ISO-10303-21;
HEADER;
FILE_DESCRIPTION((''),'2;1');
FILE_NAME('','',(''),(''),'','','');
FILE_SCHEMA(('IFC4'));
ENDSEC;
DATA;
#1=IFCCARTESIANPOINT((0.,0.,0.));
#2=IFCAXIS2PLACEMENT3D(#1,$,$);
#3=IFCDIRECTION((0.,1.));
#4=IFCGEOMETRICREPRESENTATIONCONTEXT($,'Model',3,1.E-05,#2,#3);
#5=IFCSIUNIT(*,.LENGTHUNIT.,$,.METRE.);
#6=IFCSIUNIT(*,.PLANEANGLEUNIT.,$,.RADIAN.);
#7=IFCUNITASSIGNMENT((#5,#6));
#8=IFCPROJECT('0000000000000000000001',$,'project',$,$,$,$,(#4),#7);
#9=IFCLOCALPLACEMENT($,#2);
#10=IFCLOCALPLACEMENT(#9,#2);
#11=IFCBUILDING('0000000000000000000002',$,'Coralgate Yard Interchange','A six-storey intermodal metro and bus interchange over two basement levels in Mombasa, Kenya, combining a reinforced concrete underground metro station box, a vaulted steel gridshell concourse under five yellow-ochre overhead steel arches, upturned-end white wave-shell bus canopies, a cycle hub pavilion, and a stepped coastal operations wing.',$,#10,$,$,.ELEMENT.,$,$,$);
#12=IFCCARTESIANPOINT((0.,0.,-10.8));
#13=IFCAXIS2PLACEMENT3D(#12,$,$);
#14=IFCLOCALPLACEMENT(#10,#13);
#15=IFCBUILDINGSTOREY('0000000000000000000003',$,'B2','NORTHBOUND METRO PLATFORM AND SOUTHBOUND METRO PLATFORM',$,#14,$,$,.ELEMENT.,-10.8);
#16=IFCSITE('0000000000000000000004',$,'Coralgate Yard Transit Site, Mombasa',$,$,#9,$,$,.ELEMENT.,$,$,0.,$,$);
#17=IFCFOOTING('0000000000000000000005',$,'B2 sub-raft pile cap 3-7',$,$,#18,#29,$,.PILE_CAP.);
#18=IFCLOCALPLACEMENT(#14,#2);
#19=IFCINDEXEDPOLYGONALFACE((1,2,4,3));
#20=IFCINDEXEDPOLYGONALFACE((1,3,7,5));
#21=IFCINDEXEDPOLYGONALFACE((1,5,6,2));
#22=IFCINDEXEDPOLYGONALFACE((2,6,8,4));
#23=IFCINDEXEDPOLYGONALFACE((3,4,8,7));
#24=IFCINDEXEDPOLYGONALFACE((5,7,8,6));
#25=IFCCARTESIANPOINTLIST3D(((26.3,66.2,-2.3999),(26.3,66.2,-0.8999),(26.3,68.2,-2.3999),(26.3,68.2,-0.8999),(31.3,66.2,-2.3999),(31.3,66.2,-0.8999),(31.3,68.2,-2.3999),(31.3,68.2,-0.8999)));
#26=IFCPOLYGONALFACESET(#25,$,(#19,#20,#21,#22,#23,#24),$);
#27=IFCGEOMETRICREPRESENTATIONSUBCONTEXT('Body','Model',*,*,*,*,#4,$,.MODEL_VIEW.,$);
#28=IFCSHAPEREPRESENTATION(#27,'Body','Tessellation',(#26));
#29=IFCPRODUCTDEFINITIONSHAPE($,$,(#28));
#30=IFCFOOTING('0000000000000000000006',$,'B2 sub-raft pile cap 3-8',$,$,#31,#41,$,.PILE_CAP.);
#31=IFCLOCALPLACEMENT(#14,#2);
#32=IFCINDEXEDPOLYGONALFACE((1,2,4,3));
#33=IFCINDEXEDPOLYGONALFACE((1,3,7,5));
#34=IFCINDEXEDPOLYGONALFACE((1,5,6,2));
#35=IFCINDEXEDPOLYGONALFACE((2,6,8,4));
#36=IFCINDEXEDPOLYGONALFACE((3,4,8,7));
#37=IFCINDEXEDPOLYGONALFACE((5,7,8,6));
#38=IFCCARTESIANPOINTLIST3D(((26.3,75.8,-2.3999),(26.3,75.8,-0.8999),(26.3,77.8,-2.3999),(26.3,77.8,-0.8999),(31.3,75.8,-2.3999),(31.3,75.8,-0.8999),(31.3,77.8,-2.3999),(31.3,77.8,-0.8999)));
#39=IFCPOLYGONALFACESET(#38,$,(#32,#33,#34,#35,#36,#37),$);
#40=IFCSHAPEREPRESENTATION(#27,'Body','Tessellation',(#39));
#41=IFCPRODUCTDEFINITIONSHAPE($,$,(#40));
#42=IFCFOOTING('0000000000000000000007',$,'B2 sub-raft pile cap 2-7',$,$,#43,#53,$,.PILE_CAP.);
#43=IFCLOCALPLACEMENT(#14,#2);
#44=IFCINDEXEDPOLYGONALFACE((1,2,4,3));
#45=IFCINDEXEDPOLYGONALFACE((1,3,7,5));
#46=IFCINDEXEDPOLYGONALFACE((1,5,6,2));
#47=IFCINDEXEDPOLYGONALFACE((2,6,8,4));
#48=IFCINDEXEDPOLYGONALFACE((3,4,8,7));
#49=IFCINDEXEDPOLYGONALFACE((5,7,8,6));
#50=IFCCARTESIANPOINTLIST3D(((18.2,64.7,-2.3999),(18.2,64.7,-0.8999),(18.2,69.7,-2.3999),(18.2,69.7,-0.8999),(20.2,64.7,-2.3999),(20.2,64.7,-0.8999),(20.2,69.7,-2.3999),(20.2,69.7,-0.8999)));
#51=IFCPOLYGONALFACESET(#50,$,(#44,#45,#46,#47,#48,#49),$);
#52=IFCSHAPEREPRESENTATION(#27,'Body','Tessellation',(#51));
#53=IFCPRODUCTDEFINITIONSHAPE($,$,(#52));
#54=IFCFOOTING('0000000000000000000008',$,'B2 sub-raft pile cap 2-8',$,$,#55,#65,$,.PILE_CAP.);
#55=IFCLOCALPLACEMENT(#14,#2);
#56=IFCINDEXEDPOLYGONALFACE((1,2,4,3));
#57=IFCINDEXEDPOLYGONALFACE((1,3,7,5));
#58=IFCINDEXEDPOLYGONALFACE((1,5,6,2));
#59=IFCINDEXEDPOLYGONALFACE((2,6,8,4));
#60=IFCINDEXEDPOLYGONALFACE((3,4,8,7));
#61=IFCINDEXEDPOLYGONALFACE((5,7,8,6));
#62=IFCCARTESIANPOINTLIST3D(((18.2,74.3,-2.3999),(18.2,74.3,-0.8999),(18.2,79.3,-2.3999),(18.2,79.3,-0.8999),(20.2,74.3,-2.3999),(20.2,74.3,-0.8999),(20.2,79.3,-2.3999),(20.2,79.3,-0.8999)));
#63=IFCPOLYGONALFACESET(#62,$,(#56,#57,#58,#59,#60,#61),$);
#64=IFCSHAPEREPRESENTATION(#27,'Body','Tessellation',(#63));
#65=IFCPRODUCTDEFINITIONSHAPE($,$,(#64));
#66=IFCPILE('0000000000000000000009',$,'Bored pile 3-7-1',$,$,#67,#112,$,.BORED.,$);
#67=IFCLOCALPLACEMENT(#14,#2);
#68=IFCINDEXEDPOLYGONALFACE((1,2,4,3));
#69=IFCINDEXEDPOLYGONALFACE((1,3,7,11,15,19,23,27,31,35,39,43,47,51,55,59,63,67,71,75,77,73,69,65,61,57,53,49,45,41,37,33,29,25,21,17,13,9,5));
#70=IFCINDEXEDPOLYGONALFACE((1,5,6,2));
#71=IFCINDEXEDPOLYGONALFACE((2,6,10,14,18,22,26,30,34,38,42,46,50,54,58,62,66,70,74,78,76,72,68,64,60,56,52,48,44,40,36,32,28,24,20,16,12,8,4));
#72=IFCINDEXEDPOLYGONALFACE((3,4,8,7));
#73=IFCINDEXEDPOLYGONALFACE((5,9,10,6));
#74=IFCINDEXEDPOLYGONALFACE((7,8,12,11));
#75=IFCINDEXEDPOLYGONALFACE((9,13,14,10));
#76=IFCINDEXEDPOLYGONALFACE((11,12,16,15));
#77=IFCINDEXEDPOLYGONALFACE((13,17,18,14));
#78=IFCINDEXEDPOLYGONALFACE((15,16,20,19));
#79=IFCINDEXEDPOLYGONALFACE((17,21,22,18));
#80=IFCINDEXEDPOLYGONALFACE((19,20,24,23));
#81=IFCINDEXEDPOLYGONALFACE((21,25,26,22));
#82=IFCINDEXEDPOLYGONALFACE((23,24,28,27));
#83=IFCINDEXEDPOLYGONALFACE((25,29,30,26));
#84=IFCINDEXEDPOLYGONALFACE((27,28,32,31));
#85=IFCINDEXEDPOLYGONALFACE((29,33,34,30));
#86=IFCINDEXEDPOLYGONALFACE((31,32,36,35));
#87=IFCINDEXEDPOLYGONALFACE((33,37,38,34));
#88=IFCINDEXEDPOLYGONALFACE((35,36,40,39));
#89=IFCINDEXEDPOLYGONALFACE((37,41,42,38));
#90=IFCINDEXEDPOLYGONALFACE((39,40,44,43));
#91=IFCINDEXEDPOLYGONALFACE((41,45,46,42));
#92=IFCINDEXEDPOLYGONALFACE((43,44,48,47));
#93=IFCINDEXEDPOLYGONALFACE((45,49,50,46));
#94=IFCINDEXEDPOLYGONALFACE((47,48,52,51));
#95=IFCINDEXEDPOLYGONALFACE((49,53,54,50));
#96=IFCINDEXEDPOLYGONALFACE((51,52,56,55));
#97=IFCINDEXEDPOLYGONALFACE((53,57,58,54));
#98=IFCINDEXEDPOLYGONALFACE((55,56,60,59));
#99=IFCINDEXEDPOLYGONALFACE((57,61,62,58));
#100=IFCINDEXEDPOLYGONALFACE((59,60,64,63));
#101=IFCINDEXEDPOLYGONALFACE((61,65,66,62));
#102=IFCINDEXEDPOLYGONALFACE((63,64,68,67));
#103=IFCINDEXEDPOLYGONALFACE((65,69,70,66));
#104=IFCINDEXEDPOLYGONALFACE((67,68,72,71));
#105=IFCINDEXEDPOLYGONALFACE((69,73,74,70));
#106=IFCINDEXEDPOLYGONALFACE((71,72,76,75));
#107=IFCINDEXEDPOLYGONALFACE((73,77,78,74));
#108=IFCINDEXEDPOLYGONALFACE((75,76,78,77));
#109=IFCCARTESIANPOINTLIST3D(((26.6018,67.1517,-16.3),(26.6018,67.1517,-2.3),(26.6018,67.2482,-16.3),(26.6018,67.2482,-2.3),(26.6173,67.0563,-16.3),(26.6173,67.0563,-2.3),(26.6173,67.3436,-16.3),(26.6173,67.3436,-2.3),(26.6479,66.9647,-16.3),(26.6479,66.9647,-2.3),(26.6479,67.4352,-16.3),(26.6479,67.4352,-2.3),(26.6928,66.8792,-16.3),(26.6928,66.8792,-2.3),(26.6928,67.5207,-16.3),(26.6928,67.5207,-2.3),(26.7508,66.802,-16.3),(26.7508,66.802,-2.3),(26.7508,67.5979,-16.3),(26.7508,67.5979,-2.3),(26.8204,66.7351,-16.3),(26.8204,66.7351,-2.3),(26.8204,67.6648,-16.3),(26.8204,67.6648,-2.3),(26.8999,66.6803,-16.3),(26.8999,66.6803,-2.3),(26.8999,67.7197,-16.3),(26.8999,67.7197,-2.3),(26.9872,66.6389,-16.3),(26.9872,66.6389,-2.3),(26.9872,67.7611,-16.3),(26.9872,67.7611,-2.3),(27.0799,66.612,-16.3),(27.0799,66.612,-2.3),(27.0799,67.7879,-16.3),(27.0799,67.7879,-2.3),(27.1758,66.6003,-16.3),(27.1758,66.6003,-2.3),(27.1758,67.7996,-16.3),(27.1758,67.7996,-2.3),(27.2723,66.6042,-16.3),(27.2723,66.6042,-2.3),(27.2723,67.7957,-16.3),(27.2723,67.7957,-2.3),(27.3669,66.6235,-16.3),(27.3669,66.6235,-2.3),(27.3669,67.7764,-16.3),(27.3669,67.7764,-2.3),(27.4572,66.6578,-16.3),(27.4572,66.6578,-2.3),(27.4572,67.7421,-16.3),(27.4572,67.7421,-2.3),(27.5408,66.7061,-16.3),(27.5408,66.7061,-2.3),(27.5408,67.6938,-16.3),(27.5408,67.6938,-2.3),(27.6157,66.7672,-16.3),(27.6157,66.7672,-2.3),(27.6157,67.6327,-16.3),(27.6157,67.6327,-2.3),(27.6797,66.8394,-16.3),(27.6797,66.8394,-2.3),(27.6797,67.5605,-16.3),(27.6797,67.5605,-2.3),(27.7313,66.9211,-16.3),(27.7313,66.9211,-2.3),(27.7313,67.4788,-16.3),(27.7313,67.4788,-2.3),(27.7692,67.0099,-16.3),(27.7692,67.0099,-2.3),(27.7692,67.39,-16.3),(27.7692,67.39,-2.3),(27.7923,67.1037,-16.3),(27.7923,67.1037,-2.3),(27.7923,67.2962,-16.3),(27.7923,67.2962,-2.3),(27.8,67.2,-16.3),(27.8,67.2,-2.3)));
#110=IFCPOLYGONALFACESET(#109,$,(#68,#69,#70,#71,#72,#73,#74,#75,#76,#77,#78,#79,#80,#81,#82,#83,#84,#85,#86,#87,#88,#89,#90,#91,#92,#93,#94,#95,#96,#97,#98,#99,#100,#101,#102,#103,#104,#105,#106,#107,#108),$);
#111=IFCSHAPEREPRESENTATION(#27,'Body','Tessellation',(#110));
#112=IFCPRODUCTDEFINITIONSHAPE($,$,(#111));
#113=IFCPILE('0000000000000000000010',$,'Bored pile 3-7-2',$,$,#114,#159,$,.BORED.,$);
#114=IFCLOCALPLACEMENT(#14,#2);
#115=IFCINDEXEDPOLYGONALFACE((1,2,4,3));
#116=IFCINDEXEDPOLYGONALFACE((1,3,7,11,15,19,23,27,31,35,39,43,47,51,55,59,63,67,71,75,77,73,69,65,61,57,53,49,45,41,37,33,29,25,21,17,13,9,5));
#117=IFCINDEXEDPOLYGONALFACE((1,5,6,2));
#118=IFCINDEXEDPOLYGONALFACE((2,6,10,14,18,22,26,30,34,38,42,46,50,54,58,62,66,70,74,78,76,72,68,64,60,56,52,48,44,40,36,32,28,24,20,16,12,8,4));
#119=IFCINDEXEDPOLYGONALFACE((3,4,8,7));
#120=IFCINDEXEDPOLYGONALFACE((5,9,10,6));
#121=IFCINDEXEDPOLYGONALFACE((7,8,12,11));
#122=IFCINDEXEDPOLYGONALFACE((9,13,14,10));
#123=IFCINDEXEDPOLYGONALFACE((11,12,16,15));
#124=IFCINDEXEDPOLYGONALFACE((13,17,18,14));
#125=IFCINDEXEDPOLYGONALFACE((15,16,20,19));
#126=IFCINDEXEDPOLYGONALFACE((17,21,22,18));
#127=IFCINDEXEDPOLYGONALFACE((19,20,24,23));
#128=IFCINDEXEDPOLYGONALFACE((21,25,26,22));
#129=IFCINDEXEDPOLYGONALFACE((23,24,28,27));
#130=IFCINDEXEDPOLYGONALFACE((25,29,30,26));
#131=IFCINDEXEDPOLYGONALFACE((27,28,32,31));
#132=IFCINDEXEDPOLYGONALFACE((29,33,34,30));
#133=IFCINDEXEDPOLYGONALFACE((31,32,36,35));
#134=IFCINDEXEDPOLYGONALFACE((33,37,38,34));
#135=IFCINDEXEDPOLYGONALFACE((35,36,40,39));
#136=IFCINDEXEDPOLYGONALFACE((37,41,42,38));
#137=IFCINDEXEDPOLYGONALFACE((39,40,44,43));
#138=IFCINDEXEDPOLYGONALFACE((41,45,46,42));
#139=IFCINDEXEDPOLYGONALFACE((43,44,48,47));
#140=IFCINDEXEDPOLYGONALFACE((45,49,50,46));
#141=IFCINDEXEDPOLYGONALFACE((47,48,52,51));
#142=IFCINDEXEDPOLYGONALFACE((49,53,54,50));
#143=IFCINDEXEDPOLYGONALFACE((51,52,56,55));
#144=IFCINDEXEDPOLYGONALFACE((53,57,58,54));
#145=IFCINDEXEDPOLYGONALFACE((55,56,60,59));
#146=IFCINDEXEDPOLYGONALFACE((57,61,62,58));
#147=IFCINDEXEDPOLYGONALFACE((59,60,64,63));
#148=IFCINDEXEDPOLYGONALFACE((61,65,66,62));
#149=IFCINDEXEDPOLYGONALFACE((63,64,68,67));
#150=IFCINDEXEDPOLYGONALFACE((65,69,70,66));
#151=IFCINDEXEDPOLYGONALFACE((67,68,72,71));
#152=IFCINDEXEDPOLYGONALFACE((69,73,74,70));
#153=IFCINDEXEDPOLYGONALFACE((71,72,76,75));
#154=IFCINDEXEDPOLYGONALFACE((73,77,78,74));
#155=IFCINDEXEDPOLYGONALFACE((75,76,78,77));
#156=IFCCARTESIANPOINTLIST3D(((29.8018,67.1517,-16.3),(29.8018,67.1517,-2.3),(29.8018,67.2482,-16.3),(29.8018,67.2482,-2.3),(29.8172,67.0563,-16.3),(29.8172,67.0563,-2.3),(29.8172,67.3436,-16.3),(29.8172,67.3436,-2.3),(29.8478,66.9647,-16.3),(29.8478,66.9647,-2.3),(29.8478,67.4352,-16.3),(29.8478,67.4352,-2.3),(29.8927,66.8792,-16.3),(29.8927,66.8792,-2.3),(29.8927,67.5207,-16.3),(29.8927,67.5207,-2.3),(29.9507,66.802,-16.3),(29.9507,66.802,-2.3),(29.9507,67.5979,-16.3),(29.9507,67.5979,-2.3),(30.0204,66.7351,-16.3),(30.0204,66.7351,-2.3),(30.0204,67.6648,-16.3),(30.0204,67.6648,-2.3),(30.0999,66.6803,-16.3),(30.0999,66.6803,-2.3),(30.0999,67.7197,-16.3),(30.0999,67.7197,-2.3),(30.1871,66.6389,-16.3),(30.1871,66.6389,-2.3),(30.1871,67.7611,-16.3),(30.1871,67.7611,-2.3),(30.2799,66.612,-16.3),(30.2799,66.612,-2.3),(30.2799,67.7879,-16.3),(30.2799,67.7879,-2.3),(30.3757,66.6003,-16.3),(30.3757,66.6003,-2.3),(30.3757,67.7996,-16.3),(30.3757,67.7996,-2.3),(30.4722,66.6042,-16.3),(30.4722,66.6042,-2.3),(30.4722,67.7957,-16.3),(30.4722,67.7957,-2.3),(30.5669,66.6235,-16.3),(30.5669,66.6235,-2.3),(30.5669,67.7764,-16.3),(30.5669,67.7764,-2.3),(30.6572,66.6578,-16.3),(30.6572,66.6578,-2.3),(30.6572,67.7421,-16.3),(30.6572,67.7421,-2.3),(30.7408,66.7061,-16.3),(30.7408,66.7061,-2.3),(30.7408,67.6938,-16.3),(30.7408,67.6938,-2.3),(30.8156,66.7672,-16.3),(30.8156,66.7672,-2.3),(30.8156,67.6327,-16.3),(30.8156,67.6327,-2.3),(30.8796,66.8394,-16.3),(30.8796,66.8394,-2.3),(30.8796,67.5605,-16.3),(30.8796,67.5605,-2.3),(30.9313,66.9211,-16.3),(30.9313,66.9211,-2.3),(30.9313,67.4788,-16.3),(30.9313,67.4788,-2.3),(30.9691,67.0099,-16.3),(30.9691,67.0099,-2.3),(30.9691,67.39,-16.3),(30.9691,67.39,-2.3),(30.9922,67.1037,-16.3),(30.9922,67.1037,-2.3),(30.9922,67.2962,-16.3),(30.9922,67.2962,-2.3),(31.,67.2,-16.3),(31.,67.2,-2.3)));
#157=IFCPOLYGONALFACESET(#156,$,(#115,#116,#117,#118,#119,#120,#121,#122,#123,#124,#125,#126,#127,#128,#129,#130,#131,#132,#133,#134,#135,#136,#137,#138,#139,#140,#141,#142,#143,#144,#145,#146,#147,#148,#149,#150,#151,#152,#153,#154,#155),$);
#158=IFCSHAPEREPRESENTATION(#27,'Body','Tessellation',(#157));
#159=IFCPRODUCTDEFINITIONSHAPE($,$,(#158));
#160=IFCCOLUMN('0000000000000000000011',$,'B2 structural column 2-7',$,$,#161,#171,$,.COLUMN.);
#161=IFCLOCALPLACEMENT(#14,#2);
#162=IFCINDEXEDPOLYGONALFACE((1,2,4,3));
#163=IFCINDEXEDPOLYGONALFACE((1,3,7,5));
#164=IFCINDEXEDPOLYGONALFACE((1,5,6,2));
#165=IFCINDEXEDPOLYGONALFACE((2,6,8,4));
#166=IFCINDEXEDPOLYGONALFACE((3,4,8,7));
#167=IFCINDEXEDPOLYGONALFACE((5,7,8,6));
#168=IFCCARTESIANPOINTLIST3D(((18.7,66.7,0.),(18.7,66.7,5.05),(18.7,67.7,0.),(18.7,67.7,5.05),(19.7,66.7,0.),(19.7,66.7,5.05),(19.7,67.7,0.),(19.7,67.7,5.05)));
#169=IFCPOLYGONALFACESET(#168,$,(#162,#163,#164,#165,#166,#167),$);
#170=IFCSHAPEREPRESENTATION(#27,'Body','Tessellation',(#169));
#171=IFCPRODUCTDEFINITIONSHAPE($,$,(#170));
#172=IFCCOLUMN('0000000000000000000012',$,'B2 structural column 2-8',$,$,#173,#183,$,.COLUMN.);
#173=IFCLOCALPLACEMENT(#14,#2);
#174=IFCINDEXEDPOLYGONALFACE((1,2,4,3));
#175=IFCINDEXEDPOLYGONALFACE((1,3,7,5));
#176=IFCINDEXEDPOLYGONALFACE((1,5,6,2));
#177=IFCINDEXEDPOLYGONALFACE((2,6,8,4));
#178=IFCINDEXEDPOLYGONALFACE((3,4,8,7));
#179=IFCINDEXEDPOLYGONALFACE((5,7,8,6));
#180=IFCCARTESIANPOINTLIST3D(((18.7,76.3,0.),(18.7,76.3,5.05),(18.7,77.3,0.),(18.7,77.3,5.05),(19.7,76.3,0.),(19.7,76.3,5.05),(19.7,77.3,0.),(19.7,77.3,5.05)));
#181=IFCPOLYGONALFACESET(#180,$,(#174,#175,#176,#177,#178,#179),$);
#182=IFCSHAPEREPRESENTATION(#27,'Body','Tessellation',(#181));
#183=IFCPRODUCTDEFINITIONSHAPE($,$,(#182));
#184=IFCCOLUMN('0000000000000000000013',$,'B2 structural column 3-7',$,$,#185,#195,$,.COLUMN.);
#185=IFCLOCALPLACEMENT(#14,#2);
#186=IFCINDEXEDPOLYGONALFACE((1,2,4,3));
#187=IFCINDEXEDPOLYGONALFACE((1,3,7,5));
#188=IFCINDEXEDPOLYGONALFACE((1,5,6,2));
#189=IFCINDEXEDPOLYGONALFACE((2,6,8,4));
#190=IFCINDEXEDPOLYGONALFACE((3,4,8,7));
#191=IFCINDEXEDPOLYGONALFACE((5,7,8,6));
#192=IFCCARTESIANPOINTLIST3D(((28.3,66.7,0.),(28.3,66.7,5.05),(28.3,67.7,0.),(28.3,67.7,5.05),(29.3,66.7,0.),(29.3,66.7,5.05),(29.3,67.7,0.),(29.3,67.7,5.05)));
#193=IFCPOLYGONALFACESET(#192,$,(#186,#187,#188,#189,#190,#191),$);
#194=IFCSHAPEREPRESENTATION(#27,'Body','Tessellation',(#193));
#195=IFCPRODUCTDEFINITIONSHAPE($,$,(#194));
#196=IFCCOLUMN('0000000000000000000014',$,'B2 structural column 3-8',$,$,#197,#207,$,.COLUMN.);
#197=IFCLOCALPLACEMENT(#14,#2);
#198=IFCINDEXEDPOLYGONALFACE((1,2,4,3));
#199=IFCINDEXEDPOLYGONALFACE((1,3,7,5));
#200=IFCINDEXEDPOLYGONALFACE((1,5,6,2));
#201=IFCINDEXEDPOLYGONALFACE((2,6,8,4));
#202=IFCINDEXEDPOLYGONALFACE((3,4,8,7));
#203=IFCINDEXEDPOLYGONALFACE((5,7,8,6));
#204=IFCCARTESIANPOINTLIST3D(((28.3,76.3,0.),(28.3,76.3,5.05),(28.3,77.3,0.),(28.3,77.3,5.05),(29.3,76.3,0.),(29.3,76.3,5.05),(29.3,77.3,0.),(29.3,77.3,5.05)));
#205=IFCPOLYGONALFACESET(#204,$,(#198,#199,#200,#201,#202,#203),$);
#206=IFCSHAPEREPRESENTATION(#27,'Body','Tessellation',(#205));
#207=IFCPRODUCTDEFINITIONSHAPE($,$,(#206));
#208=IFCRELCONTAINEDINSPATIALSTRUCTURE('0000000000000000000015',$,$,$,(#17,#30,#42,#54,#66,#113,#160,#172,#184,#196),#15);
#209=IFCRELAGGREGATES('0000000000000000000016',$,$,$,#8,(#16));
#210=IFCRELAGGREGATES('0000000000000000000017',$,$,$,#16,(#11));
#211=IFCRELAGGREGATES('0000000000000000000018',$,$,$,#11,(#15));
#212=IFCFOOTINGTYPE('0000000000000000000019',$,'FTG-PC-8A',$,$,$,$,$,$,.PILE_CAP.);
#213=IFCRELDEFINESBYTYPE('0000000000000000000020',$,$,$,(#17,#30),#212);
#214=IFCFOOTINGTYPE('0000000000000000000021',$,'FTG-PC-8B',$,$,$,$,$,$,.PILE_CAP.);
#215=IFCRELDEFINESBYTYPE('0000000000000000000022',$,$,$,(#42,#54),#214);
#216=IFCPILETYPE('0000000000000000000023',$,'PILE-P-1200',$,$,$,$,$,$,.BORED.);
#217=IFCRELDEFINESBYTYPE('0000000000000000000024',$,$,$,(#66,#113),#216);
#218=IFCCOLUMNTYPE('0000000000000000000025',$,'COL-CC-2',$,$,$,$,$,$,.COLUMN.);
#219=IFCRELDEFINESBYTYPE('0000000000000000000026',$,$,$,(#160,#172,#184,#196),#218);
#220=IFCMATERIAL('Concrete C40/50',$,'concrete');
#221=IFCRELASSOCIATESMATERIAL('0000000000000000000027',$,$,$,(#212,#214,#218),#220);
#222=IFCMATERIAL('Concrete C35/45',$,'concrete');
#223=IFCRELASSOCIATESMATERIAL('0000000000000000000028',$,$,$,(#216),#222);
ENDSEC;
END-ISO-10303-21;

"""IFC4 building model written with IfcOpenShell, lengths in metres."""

from ifc_helpers import new_model, si_unit, direction, frame, origin, origin_2d, place, context, subcontext, project, spatial, rectangle, circle, extrude, material, material_profile, profile_set, type_object, element, save


model = new_model("IFC4")

# Units and contexts
model_context = context("Model", 3, precision=1e-05, world=origin(), true_north=direction((0.0, 1.0)))
body_context = subcontext(model_context, "Body", "Model", "MODEL_VIEW")
ifc_project = project(units=[si_unit("LENGTHUNIT", "METRE"), si_unit("PLANEANGLEUNIT", "RADIAN")], contexts=[model_context])

# Site, building, storey
site_placement = place(None, origin())
site = spatial("IfcSite", under=ifc_project, at=site_placement, Name="Coralgate Yard Transit Site, Mombasa", CompositionType="ELEMENT", RefElevation=0.0)
building_placement = place(site_placement, origin())
building = spatial("IfcBuilding", under=site, at=building_placement, Name="Coralgate Yard Interchange", Description="A six-storey intermodal metro and bus interchange over two basement levels in Mombasa, Kenya, combining a reinforced concrete underground metro station box, a vaulted steel gridshell concourse under five yellow-ochre overhead steel arches, upturned-end white wave-shell bus canopies, a cycle hub pavilion, and a stepped coastal operations wing.", CompositionType="ELEMENT")
storey_placement = place(building_placement, frame((0.0, 0.0, -10.8)))
storey = spatial("IfcBuildingStorey", under=building, at=storey_placement, Name="B2", Description="NORTHBOUND METRO PLATFORM AND SOUTHBOUND METRO PLATFORM", CompositionType="ELEMENT", Elevation=-10.8)

# Footings
ifc_material_1 = material(Name="Concrete C40/50", Category="concrete")
footing_type_1 = type_object("IfcFootingType", Name="FTG-PC-8A", PredefinedType="PILE_CAP", material=ifc_material_1)
for number, where, z_axis, x_axis, name in (
    (1, (28.8, 67.2, -2.3999), (0.0, 0.0, 1.0), (1.0, 0.0, 0.0), "B2 sub-raft pile cap 3-7"),
    (2, (28.8, 76.8, -2.3999), (0.0, 0.0, 1.0), (1.0, 0.0, 0.0), "B2 sub-raft pile cap 3-8"),
):
    element("IfcFooting", number, at=place(storey_placement, frame(where, z_axis=z_axis, x_axis=x_axis)), inside=storey, type_object=footing_type_1, Name=name, PredefinedType="PILE_CAP", context=body_context, shape_type="SweptSolid", body=[
        extrude(rectangle(XDim=5.0, YDim=2.0, at=origin_2d()), origin(), (0.0, 0.0, 1.0), 1.5),
    ])
footing_type_2 = type_object("IfcFootingType", Name="FTG-PC-8B", PredefinedType="PILE_CAP", material=ifc_material_1)
for number, where, z_axis, x_axis, name in (
    (3, (19.2, 67.2, -2.3999), (0.0, 0.0, 1.0), (1.0, 0.0, 0.0), "B2 sub-raft pile cap 2-7"),
    (4, (19.2, 76.8, -2.3999), (0.0, 0.0, 1.0), (1.0, 0.0, 0.0), "B2 sub-raft pile cap 2-8"),
):
    element("IfcFooting", number, at=place(storey_placement, frame(where, z_axis=z_axis, x_axis=x_axis)), inside=storey, type_object=footing_type_2, Name=name, PredefinedType="PILE_CAP", context=body_context, shape_type="SweptSolid", body=[
        extrude(rectangle(XDim=2.0, YDim=5.0, at=origin_2d()), origin(), (0.0, 0.0, 1.0), 1.5),
    ])

# Piles
ifc_material_2 = material(Name="Concrete C35/45", Category="concrete")
ifc_material_profile_1 = material_profile(ifc_material_2, circle(Radius=0.6001, at=origin_2d()), Name="BORED PILE D1200")
ifc_profile_set_1 = profile_set([ifc_material_profile_1], Name="Concrete C35/45")
pile_type = type_object("IfcPileType", Name="PILE-P-1200", PredefinedType="BORED", material=ifc_profile_set_1)
for number, where, z_axis, x_axis, name in (
    (5, (27.2, 67.2, -2.3), (0.0, 0.0, -1.0), (1.0, 0.0, 0.0), "Bored pile 3-7-1"),
    (6, (30.3999, 67.2, -2.3), (0.0, 0.0, -1.0), (1.0, 0.0, 0.0), "Bored pile 3-7-2"),
):
    element("IfcPile", number, at=place(storey_placement, frame(where, z_axis=z_axis, x_axis=x_axis)), inside=storey, type_object=pile_type, Name=name, PredefinedType="BORED", context=body_context, shape_type="SweptSolid", body=[
        extrude(circle(Radius=0.6001, at=origin_2d()), origin(), (0.0, 0.0, 1.0), 14.0),
    ])

# Columns
ifc_material_profile_2 = material_profile(ifc_material_1, rectangle(XDim=1.0, YDim=1.0, at=origin_2d()), Name="RC 1000x1000")
ifc_profile_set_2 = profile_set([ifc_material_profile_2], Name="Concrete C40/50")
column_type_1 = type_object("IfcColumnType", Name="COL-CC-2", PredefinedType="COLUMN", material=ifc_profile_set_2)
for number, where, z_axis, x_axis, name in (
    (7, (19.2, 67.2, 0.0), (0.0, 0.0, 1.0), (1.0, 0.0, 0.0), "B2 structural column 2-7"),
    (8, (19.2, 76.8, 0.0), (0.0, 0.0, 1.0), (1.0, 0.0, 0.0), "B2 structural column 2-8"),
    (9, (28.8, 67.2, 0.0), (0.0, 0.0, 1.0), (1.0, 0.0, 0.0), "B2 structural column 3-7"),
    (10, (28.8, 76.8, 0.0), (0.0, 0.0, 1.0), (1.0, 0.0, 0.0), "B2 structural column 3-8"),
):
    element("IfcColumn", number, at=place(storey_placement, frame(where, z_axis=z_axis, x_axis=x_axis)), inside=storey, type_object=column_type_1, Name=name, PredefinedType="COLUMN", context=body_context, shape_type="SweptSolid", body=[
        extrude(rectangle(XDim=1.0, YDim=1.0, at=origin_2d()), origin(), (0.0, 0.0, 1.0), 5.05),
    ])

save(model, "model.ifc")
